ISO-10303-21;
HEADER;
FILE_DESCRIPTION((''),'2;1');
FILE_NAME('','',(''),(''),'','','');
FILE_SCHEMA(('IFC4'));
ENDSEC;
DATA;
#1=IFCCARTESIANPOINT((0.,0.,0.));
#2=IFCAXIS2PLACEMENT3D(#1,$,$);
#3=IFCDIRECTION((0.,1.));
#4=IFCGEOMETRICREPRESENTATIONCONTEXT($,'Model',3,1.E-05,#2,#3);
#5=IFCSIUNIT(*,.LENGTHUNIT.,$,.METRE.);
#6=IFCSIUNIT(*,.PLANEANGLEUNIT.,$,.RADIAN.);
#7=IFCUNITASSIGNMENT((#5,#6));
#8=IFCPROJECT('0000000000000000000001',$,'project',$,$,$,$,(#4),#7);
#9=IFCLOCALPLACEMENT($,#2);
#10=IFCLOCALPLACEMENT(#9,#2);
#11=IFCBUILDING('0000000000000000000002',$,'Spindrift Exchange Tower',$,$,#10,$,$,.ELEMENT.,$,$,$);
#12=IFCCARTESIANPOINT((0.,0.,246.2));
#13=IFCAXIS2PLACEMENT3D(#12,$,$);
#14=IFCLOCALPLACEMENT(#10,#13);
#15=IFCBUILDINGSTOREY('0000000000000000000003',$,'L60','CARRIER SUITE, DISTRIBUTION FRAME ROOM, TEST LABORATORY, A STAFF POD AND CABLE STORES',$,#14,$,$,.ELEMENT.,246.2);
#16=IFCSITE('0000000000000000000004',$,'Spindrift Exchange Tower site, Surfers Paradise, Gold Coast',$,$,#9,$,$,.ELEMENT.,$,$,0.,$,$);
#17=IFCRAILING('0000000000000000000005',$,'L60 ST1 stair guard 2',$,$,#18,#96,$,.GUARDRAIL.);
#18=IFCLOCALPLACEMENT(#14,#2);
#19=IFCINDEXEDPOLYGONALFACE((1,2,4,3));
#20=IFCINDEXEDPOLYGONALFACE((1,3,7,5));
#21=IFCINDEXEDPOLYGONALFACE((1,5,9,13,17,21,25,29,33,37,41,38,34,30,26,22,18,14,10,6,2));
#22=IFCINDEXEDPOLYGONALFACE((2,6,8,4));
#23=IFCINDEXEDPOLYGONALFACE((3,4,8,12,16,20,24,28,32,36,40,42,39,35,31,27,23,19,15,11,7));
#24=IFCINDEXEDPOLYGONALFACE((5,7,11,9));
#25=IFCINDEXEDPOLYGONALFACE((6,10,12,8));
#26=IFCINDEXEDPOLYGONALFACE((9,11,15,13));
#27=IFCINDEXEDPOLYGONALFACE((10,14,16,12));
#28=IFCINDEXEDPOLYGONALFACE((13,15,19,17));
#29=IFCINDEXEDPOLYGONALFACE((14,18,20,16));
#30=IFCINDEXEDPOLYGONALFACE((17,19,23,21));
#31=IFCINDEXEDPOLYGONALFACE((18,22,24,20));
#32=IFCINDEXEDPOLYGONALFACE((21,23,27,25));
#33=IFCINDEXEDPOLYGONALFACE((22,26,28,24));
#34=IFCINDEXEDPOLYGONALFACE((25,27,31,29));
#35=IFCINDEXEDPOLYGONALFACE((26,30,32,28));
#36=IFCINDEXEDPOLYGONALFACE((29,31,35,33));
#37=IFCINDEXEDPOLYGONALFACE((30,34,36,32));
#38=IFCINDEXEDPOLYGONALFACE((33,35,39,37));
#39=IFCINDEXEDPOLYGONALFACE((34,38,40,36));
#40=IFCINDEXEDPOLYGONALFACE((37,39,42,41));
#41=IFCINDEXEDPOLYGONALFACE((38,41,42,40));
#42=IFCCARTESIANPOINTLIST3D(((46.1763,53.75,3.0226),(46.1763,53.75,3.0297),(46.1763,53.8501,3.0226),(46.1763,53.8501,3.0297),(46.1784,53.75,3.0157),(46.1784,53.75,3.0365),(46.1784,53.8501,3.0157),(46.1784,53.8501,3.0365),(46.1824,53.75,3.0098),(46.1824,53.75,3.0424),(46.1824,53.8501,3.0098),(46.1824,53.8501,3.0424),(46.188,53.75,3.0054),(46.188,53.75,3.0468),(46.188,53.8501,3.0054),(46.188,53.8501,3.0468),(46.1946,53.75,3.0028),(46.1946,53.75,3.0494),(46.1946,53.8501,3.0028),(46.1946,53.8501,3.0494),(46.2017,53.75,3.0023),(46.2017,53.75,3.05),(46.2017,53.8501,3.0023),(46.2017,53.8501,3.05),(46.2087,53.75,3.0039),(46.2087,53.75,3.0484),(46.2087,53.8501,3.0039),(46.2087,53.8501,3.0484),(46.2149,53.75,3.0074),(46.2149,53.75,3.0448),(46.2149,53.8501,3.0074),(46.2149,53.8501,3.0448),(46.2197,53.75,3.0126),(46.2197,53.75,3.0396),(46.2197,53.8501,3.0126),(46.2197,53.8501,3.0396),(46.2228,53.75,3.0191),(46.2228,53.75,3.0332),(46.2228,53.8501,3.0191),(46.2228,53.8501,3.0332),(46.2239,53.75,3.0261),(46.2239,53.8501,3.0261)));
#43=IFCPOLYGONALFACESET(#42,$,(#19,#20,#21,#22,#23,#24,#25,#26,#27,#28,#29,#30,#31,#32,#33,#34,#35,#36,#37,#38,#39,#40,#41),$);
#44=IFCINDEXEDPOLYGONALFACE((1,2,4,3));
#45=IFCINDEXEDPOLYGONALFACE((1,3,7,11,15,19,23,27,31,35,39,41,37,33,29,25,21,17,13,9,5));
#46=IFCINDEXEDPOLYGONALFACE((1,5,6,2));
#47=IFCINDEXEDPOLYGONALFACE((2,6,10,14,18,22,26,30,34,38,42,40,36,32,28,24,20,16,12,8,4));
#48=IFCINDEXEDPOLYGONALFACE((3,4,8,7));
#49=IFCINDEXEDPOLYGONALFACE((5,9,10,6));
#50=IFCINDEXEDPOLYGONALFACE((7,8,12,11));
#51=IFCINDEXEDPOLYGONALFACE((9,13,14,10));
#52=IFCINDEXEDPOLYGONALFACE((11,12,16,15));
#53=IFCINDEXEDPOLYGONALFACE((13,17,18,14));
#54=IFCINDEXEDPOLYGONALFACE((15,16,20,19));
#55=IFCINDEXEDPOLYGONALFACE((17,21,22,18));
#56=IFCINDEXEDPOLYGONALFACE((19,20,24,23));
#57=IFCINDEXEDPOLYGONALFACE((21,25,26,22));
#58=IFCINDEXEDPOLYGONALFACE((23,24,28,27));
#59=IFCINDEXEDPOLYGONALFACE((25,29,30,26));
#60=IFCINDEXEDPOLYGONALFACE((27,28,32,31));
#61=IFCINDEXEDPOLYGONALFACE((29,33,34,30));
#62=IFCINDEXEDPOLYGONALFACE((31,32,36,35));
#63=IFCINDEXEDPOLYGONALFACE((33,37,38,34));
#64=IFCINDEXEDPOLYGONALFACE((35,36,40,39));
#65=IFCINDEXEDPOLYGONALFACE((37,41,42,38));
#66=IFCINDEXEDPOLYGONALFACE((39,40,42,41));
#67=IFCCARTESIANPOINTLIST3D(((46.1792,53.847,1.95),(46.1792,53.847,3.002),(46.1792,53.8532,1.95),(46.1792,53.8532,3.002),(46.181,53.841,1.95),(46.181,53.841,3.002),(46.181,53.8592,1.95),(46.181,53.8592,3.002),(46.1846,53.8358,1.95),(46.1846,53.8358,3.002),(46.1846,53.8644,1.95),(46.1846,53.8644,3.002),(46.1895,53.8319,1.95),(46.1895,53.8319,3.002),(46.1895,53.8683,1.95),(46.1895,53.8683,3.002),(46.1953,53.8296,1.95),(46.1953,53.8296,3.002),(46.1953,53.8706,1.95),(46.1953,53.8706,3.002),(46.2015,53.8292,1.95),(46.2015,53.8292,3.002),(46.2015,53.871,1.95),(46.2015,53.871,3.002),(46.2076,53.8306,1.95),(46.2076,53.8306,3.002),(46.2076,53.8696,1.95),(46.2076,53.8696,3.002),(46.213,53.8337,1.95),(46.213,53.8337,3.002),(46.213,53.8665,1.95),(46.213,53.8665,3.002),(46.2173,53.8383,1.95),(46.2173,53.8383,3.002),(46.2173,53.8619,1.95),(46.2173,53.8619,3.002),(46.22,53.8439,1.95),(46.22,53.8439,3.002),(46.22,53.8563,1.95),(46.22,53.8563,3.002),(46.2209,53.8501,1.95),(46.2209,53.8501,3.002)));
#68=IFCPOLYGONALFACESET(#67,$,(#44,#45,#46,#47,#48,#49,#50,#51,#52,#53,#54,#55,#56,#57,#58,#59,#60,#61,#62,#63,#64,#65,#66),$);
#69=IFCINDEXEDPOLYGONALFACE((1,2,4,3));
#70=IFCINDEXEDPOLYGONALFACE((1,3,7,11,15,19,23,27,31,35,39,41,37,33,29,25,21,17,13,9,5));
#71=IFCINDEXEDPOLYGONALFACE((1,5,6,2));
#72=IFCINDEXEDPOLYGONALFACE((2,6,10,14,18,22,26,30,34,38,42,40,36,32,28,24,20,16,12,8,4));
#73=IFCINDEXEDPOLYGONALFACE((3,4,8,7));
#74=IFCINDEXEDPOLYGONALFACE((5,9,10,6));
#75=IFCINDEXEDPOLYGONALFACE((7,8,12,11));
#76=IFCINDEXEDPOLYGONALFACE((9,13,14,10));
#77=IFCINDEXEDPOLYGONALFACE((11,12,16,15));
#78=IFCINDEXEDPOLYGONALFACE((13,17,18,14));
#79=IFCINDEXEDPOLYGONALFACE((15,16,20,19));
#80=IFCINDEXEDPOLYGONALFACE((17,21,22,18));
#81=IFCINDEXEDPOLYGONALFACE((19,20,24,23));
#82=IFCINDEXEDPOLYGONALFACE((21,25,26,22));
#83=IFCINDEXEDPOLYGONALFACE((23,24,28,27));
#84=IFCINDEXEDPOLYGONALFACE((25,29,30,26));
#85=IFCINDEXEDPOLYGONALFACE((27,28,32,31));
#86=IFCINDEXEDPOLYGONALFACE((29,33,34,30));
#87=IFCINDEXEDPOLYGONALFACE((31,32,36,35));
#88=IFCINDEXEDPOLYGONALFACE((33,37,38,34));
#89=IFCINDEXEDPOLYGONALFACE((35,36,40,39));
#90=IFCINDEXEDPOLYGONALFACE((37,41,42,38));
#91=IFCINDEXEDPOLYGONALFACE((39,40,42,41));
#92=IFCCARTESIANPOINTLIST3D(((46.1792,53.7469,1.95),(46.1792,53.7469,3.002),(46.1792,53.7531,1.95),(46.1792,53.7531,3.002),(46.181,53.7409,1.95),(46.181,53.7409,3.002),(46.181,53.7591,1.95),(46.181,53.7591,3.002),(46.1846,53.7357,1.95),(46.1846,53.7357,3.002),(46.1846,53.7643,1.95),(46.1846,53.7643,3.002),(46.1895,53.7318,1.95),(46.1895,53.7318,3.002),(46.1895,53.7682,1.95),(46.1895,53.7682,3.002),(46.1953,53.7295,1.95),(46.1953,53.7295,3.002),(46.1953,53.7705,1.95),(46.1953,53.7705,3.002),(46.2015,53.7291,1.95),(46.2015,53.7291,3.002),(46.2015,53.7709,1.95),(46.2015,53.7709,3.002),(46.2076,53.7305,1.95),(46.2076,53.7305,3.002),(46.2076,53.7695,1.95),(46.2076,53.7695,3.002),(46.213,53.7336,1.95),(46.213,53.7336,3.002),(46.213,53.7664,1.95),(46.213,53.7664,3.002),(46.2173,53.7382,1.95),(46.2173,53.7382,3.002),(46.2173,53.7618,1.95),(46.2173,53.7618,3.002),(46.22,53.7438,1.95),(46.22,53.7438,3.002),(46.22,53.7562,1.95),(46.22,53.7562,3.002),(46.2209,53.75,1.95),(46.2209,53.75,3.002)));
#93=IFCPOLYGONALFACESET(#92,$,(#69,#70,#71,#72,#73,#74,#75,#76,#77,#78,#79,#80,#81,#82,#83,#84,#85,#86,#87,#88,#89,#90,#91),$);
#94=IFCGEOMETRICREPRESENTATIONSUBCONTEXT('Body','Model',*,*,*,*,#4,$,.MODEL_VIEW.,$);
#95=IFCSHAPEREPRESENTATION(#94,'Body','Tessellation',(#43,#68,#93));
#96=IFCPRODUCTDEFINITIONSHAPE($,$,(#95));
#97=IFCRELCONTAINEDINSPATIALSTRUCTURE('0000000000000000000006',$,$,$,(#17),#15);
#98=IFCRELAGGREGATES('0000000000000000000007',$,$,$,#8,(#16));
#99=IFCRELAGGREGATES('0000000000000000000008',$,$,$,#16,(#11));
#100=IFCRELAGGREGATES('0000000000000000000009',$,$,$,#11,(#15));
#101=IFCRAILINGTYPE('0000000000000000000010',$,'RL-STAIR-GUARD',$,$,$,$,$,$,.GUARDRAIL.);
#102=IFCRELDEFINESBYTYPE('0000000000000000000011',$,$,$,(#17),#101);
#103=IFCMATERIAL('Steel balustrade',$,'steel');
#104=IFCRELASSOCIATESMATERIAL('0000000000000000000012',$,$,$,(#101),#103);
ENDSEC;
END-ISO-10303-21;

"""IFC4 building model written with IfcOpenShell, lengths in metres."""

from ifc_helpers import new_model, si_unit, direction, frame, origin, origin_2d, place, context, subcontext, project, spatial, circle, extrude, material, type_object, element, save


model = new_model("IFC4")

# Units and contexts
model_context = context("Model", 3, precision=1e-05, world=origin(), true_north=direction((0.0, 1.0)))
body_context = subcontext(model_context, "Body", "Model", "MODEL_VIEW")
ifc_project = project(units=[si_unit("LENGTHUNIT", "METRE"), si_unit("PLANEANGLEUNIT", "RADIAN")], contexts=[model_context])

# Site, building, storey
site_placement = place(None, origin())
site = spatial("IfcSite", under=ifc_project, at=site_placement, Name="Spindrift Exchange Tower site, Surfers Paradise, Gold Coast", CompositionType="ELEMENT", RefElevation=0.0)
building_placement = place(site_placement, origin())
building = spatial("IfcBuilding", under=site, at=building_placement, Name="Spindrift Exchange Tower", CompositionType="ELEMENT")
storey_placement = place(building_placement, frame((0.0, 0.0, 246.2)))
storey = spatial("IfcBuildingStorey", under=building, at=storey_placement, Name="L60", Description="CARRIER SUITE, DISTRIBUTION FRAME ROOM, TEST LABORATORY, A STAFF POD AND CABLE STORES", CompositionType="ELEMENT", Elevation=246.2)

# Railing
ifc_material_1 = material(Name="Steel balustrade", Category="steel")
railing_type_1 = type_object("IfcRailingType", Name="RL-STAIR-GUARD", PredefinedType="GUARDRAIL", material=ifc_material_1)
railing_1_placement = place(storey_placement, frame((46.2, 53.8501, 1.95)))
element("IfcRailing", 1, at=railing_1_placement, inside=storey, type_object=railing_type_1, Name="L60 ST1 stair guard 2", PredefinedType="GUARDRAIL", context=body_context, shape_type="SweptSolid", body=[
    extrude(circle(Radius=0.0239, at=origin_2d()), frame((0.0, 0.0, 1.0762), z_axis=(0.0, -1.0, 0.0), x_axis=(1.0, 0.0, 0.0)), (0.0, 0.0, 1.0), 0.1001),
    extrude(circle(Radius=0.021, at=origin_2d()), origin(), (0.0, 0.0, 1.0), 1.052),
    extrude(circle(Radius=0.021, at=origin_2d()), frame((0.0, -0.1001, 0.0)), (0.0, 0.0, 1.0), 1.052),
])

save(model, "model.ifc")
